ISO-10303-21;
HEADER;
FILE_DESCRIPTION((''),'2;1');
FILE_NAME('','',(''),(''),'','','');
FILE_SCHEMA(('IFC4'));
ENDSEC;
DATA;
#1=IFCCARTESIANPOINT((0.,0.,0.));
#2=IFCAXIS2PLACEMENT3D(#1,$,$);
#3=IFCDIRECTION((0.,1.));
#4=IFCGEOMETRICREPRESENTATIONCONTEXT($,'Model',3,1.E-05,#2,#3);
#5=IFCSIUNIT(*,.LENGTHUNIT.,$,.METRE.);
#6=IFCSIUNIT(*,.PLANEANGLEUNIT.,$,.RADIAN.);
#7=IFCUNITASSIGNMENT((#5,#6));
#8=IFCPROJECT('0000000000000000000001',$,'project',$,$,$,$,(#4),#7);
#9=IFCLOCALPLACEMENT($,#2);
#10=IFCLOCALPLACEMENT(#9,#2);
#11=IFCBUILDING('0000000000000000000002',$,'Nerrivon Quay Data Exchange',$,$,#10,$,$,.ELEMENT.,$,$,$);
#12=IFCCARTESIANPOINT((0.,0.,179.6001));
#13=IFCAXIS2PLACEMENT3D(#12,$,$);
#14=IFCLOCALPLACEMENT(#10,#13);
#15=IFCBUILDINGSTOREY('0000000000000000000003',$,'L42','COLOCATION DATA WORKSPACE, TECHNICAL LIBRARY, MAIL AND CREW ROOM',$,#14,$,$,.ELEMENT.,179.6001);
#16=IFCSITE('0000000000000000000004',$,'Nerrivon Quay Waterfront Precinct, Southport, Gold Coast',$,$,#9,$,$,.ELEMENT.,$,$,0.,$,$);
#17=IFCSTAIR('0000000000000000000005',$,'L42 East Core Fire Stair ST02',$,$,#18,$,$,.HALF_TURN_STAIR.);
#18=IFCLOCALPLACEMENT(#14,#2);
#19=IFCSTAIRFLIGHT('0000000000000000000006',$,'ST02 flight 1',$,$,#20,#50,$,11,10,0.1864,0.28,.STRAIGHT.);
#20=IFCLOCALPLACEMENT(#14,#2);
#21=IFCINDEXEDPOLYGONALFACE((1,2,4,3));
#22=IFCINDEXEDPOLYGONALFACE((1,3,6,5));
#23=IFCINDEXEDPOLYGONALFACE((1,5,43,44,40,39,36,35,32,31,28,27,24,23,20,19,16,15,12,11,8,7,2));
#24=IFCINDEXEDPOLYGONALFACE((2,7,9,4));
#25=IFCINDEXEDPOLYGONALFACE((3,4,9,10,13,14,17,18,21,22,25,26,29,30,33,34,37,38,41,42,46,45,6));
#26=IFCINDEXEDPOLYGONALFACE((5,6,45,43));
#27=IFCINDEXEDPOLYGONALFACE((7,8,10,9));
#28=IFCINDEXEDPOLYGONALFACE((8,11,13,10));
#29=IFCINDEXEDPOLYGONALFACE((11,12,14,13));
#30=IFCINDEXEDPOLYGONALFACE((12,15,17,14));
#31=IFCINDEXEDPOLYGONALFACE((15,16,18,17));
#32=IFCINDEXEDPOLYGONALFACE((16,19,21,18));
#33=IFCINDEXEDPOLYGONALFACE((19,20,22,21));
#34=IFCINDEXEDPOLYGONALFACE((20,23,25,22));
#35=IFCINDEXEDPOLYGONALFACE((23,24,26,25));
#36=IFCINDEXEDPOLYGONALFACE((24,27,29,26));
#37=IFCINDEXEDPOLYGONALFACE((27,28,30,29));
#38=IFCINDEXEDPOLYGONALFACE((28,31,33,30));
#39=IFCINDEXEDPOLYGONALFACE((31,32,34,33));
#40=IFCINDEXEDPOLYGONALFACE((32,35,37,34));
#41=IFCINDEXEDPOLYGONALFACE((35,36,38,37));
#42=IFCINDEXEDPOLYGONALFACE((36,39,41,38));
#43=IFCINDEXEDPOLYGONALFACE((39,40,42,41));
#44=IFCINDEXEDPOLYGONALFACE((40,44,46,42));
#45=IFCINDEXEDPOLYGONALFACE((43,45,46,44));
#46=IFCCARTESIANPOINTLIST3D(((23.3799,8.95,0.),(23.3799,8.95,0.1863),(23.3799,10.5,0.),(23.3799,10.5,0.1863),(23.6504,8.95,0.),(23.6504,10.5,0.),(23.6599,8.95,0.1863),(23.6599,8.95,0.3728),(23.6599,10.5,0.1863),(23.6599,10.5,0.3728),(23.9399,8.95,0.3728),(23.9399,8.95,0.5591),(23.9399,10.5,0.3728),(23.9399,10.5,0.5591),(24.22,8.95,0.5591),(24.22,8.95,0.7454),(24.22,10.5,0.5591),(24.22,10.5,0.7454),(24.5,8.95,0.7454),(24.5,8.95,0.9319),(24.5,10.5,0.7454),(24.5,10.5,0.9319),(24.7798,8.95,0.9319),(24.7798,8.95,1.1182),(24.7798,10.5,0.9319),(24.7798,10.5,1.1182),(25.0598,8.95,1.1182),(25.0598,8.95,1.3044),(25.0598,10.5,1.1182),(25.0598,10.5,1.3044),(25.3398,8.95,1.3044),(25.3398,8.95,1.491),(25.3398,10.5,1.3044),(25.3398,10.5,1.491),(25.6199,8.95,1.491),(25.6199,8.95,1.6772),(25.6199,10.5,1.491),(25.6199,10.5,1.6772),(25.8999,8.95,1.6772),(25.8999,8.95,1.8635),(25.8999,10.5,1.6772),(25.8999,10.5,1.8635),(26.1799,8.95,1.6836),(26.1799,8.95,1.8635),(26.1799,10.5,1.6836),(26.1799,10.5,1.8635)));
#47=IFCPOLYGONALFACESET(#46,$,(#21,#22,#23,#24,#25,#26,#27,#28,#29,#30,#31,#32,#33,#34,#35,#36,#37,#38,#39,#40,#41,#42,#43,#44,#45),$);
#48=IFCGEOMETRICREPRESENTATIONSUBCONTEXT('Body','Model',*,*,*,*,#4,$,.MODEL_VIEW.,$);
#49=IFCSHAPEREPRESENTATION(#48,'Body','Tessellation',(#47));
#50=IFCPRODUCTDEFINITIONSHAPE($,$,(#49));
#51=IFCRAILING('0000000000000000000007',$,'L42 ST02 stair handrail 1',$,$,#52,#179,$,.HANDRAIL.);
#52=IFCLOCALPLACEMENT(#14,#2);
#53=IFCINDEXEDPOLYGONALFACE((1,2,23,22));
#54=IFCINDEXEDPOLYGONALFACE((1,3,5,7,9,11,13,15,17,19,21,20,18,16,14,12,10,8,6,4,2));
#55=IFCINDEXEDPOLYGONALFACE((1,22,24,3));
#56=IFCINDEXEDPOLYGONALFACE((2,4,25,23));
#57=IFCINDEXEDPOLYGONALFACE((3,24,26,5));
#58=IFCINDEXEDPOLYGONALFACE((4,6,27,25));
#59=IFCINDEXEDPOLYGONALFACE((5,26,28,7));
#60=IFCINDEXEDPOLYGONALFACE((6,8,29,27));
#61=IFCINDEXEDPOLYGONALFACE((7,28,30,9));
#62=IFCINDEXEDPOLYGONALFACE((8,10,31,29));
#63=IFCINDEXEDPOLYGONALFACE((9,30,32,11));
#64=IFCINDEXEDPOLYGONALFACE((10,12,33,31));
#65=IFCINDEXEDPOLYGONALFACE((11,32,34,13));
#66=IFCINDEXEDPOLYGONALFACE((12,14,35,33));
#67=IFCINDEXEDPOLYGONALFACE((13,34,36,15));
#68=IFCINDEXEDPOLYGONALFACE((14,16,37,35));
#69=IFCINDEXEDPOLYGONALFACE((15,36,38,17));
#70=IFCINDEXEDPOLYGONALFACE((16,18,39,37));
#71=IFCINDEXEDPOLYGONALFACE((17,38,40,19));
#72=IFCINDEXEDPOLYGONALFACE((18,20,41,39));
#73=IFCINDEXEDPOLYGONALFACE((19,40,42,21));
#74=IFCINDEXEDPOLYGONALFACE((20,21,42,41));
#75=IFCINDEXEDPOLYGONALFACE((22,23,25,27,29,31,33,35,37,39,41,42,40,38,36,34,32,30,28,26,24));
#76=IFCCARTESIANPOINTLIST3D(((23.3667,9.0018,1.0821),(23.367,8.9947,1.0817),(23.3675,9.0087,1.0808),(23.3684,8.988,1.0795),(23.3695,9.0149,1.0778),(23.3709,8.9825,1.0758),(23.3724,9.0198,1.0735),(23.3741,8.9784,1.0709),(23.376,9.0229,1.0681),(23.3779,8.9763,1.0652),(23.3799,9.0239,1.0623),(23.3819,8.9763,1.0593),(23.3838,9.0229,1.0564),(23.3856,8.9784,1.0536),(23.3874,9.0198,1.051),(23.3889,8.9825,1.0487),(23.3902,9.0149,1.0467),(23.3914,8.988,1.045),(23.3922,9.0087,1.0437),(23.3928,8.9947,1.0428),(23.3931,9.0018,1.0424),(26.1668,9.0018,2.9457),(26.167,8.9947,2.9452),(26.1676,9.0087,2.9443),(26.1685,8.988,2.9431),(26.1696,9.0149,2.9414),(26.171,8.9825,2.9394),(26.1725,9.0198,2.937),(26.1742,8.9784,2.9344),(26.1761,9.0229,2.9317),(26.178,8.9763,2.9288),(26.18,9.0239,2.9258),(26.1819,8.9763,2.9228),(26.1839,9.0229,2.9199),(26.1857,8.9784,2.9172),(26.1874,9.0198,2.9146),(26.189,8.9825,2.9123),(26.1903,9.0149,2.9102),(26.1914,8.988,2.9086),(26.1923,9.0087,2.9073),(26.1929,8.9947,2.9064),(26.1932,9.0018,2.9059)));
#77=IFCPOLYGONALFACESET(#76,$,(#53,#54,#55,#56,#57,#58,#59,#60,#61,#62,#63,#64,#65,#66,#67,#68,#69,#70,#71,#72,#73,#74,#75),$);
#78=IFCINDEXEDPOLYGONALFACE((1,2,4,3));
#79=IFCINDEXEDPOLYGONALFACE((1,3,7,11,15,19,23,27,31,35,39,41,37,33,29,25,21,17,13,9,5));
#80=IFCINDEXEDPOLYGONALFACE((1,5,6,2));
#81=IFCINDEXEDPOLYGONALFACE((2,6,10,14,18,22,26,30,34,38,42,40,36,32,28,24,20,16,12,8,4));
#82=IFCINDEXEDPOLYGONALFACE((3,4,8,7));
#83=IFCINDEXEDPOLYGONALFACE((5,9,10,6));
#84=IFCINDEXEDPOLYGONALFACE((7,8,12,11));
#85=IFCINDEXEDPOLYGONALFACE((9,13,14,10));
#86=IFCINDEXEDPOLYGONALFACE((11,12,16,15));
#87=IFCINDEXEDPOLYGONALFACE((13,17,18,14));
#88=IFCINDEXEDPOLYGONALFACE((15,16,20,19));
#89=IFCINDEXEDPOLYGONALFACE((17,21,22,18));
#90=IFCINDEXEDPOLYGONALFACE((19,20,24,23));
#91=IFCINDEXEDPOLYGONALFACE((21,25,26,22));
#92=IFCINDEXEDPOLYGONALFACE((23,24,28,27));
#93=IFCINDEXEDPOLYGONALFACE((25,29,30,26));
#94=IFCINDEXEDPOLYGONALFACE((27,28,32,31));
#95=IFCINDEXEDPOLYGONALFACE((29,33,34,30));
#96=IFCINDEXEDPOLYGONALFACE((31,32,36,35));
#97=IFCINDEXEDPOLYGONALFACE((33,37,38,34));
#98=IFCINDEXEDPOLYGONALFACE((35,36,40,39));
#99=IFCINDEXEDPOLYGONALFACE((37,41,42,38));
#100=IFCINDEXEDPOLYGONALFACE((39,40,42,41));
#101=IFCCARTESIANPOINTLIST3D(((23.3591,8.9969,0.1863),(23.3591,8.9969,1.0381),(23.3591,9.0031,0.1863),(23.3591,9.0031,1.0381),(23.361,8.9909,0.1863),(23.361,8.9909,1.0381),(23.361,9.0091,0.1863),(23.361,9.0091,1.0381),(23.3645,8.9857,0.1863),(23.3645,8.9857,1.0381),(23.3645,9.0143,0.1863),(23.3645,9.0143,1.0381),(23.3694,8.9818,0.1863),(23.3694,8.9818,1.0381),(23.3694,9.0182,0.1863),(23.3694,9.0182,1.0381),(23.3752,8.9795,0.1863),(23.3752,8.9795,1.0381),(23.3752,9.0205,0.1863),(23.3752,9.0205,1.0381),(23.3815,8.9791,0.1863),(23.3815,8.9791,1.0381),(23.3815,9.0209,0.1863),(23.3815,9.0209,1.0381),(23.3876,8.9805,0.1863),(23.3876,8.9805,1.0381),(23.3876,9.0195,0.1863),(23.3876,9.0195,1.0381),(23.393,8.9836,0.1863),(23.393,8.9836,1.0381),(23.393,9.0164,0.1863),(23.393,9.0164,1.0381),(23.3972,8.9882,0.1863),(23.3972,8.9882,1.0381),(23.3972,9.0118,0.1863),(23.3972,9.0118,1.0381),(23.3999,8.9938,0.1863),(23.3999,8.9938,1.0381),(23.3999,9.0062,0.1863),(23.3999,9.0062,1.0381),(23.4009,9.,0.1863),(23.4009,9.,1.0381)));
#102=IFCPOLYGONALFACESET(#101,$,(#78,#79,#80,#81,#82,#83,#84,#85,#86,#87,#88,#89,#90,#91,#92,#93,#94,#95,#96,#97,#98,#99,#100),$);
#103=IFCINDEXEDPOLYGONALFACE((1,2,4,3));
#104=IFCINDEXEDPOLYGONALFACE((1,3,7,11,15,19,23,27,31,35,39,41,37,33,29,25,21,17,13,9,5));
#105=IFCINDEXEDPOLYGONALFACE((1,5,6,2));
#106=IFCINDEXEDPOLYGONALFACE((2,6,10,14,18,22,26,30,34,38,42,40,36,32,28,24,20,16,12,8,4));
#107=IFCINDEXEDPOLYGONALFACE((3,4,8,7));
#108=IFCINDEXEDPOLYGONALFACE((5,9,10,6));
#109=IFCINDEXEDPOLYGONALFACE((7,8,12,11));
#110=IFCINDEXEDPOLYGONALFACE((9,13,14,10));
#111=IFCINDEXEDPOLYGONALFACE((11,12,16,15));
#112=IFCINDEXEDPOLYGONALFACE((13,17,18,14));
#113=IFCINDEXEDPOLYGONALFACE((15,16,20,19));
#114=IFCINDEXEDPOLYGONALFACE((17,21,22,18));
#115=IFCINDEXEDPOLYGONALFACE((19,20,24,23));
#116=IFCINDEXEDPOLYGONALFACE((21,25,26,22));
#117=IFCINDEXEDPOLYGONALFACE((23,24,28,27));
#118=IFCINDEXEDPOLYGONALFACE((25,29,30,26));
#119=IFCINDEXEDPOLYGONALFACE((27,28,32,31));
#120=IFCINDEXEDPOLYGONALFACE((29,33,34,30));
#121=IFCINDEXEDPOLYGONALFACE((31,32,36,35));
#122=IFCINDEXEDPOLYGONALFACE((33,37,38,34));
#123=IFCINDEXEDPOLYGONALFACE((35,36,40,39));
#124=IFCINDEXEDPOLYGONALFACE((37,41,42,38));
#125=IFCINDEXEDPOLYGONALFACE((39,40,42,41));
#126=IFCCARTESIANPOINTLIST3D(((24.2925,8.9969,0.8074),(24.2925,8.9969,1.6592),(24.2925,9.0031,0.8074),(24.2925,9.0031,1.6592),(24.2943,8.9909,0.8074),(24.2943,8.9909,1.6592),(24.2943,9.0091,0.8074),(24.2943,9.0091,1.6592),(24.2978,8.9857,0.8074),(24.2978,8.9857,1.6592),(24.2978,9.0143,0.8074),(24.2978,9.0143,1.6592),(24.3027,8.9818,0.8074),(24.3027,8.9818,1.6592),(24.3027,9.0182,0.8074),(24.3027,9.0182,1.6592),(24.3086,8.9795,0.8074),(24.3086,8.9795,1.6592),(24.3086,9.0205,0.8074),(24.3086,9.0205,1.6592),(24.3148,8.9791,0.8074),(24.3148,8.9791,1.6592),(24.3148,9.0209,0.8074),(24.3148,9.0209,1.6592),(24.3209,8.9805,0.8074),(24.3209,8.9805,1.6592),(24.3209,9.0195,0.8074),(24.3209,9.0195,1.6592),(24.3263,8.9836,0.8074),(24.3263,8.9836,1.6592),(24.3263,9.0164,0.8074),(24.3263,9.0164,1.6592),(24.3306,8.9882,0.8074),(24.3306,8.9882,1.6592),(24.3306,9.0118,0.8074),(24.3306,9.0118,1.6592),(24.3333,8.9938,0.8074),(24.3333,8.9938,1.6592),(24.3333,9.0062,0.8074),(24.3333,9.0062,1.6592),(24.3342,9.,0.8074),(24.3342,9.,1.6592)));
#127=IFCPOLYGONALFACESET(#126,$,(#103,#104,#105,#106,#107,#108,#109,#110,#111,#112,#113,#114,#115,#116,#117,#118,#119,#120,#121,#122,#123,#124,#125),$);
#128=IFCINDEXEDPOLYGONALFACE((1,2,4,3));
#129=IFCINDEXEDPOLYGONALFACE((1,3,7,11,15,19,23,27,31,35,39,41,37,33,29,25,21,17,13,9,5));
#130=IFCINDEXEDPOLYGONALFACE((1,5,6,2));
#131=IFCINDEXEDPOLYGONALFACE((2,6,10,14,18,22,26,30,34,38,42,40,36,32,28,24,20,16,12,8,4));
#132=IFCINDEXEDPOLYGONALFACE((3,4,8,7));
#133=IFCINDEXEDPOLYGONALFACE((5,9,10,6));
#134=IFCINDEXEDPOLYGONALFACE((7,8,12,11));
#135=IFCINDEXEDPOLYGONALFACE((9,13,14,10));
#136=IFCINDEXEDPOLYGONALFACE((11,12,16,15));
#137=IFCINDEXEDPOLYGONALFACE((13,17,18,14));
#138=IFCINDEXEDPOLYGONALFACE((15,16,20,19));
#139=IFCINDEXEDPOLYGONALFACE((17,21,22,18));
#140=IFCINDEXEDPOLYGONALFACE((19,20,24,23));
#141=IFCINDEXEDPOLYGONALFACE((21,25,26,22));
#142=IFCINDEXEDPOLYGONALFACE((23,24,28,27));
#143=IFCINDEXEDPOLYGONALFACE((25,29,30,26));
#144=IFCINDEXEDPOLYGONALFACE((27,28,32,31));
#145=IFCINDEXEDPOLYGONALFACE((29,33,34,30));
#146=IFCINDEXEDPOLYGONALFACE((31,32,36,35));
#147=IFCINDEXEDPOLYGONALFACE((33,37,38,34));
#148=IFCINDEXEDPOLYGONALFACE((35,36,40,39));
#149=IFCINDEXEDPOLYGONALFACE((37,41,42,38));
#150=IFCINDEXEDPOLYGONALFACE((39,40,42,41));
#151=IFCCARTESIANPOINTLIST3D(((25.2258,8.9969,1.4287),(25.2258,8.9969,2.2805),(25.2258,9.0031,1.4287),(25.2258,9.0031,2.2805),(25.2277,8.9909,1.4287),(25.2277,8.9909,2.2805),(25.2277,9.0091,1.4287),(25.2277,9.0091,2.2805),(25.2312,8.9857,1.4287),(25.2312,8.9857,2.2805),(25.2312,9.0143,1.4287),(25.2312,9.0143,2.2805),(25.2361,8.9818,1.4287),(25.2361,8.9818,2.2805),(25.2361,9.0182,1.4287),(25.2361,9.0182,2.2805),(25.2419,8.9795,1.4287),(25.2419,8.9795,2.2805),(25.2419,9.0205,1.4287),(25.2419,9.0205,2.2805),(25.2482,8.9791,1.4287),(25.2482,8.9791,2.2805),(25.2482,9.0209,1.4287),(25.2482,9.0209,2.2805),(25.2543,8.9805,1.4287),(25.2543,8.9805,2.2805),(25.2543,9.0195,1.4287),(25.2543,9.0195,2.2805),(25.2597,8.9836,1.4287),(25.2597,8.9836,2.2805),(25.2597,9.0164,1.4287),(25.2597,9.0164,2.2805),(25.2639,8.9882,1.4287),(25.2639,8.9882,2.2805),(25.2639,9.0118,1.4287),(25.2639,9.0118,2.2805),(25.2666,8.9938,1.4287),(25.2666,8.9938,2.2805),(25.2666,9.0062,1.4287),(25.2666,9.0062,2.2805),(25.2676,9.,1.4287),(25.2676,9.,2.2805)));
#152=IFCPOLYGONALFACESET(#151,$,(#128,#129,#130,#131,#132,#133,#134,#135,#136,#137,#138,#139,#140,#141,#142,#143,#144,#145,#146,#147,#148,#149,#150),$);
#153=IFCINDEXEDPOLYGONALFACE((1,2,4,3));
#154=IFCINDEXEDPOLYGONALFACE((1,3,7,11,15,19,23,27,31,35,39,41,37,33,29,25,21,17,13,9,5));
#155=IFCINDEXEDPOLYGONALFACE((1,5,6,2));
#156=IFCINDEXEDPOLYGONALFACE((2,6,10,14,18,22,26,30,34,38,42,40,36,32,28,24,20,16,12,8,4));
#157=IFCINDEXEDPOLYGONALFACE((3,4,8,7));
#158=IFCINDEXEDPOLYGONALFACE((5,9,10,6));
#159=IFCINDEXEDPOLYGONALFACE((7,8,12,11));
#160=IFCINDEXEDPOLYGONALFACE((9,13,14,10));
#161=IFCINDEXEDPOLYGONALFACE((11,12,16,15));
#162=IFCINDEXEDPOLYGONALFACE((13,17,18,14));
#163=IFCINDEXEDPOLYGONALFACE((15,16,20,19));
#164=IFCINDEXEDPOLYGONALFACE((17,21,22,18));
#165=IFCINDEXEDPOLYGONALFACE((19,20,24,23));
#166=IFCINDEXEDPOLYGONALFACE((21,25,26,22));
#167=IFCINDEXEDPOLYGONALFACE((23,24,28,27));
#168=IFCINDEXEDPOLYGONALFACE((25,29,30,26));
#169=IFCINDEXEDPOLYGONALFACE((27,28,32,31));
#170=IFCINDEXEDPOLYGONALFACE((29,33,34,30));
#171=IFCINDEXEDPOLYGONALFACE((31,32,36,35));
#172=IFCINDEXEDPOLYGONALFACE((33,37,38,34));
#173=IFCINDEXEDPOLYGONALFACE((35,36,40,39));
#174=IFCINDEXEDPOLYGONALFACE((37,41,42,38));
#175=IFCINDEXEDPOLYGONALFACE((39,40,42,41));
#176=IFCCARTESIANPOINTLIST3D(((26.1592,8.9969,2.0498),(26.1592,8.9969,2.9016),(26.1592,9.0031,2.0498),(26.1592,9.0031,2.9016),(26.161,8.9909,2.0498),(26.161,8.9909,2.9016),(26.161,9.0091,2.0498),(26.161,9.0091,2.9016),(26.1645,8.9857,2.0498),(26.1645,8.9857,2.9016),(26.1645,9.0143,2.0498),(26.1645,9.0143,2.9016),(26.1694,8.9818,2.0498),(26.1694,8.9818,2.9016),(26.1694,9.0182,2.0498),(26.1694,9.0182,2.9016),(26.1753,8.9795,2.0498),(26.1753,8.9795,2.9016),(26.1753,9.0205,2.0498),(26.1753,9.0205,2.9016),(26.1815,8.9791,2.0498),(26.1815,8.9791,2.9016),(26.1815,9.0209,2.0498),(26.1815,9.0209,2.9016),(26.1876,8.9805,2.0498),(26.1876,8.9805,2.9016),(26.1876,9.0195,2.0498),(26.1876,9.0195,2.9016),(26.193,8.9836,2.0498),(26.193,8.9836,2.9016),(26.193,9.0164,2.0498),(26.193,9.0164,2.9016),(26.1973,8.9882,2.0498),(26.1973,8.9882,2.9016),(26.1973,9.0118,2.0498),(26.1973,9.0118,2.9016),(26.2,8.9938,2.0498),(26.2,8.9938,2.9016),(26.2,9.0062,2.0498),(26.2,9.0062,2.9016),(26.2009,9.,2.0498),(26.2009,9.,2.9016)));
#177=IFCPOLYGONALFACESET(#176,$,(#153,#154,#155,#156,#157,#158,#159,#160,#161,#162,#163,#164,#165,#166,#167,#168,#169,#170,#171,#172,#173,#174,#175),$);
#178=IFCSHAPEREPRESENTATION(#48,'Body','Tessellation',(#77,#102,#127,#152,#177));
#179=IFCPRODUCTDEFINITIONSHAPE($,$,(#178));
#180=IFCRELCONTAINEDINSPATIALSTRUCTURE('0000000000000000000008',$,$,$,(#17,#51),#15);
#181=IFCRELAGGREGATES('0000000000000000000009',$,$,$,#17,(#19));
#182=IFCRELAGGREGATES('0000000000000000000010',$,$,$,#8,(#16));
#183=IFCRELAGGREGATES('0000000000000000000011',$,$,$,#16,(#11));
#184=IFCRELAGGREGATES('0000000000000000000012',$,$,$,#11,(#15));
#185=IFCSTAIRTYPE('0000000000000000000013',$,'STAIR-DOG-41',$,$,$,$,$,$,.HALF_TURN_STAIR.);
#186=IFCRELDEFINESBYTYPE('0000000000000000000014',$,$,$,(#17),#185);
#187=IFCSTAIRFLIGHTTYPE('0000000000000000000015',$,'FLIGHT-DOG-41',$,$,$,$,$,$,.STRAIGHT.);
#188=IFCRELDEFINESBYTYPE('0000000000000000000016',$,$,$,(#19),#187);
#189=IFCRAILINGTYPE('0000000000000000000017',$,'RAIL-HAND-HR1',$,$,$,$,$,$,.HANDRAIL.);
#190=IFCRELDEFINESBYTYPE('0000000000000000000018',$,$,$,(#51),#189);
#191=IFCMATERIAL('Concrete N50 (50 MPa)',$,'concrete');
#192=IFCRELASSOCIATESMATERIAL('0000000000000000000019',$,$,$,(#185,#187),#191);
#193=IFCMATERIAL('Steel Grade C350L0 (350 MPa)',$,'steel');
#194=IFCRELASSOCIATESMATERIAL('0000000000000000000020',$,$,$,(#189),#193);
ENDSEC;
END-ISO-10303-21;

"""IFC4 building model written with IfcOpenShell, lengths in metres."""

from ifc_helpers import new_model, si_unit, direction, frame, origin, origin_2d, place, context, subcontext, project, spatial, polyline, circle, outline, extrude, material, type_object, element, aggregate, save


model = new_model("IFC4")

# Units and contexts
model_context = context("Model", 3, precision=1e-05, world=origin(), true_north=direction((0.0, 1.0)))
body_context = subcontext(model_context, "Body", "Model", "MODEL_VIEW")
ifc_project = project(units=[si_unit("LENGTHUNIT", "METRE"), si_unit("PLANEANGLEUNIT", "RADIAN")], contexts=[model_context])

# Site, building, storey
site_placement = place(None, origin())
site = spatial("IfcSite", under=ifc_project, at=site_placement, Name="Nerrivon Quay Waterfront Precinct, Southport, Gold Coast", CompositionType="ELEMENT", RefElevation=0.0)
building_placement = place(site_placement, origin())
building = spatial("IfcBuilding", under=site, at=building_placement, Name="Nerrivon Quay Data Exchange", CompositionType="ELEMENT")
storey_placement = place(building_placement, frame((0.0, 0.0, 179.6001)))
storey = spatial("IfcBuildingStorey", under=building, at=storey_placement, Name="L42", Description="COLOCATION DATA WORKSPACE, TECHNICAL LIBRARY, MAIL AND CREW ROOM", CompositionType="ELEMENT", Elevation=179.6001)

# Shared definitions
ifc_material_1 = material(Name="Concrete N50 (50 MPa)", Category="concrete")

# Stair, stair flight
stair_type = type_object("IfcStairType", Name="STAIR-DOG-41", PredefinedType="HALF_TURN_STAIR", material=ifc_material_1)
stair_placement = place(storey_placement, origin())
stair = element("IfcStair", 1, at=stair_placement, inside=storey, type_object=stair_type, Name="L42 East Core Fire Stair ST02", PredefinedType="HALF_TURN_STAIR")
stair_flight_type = type_object("IfcStairFlightType", Name="FLIGHT-DOG-41", PredefinedType="STRAIGHT", material=ifc_material_1)
stair_flight_placement = place(storey_placement, frame((23.3799, 9.7251, 0.0), z_axis=(0.0, 0.0, 1.0), x_axis=(1.0, 0.0, 0.0)))
stair_flight = element("IfcStairFlight", 2, at=stair_flight_placement, type_object=stair_flight_type, Name="ST02 flight 1", NumberOfRisers=11, NumberOfTreads=10, PredefinedType="STRAIGHT", RiserHeight=0.1864, TreadLength=0.28, context=body_context, shape_type="SweptSolid", body=[
    extrude(outline(polyline([(0.0, 0.0), (0.0, 0.1863), (0.28, 0.1863), (0.28, 0.3728), (0.5601, 0.3728), (0.5601, 0.5591), (0.8401, 0.5591), (0.8401, 0.7454), (1.1201, 0.7454), (1.1201, 0.9319), (1.3999, 0.9319), (1.3999, 1.1182), (1.6799, 1.1182), (1.6799, 1.3044), (1.96, 1.3044), (1.96, 1.491), (2.24, 1.491), (2.24, 1.6772), (2.52, 1.6772), (2.52, 1.8635), (2.8, 1.8635), (2.8, 2.05), (2.8, 1.6836), (0.2705, 0.0), (0.0, 0.0)])), frame((0.0, 0.7749, 0.0), z_axis=(0.0, -1.0, 0.0), x_axis=(1.0, 0.0, 0.0)), (0.0, 0.0, 1.0), 1.55),
])
aggregate(stair, [stair_flight])

# Railing
ifc_material_2 = material(Name="Steel Grade C350L0 (350 MPa)", Category="steel")
railing_type_1 = type_object("IfcRailingType", Name="RAIL-HAND-HR1", PredefinedType="HANDRAIL", material=ifc_material_2)
railing_1_placement = place(storey_placement, frame((23.3799, 9.0, 0.1863)))
element("IfcRailing", 3, at=railing_1_placement, inside=storey, type_object=railing_type_1, Name="L42 ST02 stair handrail 1", PredefinedType="HANDRAIL", context=body_context, shape_type="SweptSolid", body=[
    extrude(circle(Radius=0.0239, at=origin_2d()), frame((0.0, 0.0, 0.876), z_axis=(0.832486, 0.0, 0.554047), x_axis=(0.0, 1.0, 0.0)), (0.0, 0.0, 1.0), 3.3635),
    extrude(circle(Radius=0.021, at=origin_2d()), origin(), (0.0, 0.0, 1.0), 0.8518),
    extrude(circle(Radius=0.021, at=origin_2d()), frame((0.9333, 0.0, 0.6211)), (0.0, 0.0, 1.0), 0.8518),
    extrude(circle(Radius=0.021, at=origin_2d()), frame((1.8667, 0.0, 1.2424)), (0.0, 0.0, 1.0), 0.8518),
    extrude(circle(Radius=0.021, at=origin_2d()), frame((2.8, 0.0, 1.8635)), (0.0, 0.0, 1.0), 0.8518),
])

save(model, "model.ifc")
